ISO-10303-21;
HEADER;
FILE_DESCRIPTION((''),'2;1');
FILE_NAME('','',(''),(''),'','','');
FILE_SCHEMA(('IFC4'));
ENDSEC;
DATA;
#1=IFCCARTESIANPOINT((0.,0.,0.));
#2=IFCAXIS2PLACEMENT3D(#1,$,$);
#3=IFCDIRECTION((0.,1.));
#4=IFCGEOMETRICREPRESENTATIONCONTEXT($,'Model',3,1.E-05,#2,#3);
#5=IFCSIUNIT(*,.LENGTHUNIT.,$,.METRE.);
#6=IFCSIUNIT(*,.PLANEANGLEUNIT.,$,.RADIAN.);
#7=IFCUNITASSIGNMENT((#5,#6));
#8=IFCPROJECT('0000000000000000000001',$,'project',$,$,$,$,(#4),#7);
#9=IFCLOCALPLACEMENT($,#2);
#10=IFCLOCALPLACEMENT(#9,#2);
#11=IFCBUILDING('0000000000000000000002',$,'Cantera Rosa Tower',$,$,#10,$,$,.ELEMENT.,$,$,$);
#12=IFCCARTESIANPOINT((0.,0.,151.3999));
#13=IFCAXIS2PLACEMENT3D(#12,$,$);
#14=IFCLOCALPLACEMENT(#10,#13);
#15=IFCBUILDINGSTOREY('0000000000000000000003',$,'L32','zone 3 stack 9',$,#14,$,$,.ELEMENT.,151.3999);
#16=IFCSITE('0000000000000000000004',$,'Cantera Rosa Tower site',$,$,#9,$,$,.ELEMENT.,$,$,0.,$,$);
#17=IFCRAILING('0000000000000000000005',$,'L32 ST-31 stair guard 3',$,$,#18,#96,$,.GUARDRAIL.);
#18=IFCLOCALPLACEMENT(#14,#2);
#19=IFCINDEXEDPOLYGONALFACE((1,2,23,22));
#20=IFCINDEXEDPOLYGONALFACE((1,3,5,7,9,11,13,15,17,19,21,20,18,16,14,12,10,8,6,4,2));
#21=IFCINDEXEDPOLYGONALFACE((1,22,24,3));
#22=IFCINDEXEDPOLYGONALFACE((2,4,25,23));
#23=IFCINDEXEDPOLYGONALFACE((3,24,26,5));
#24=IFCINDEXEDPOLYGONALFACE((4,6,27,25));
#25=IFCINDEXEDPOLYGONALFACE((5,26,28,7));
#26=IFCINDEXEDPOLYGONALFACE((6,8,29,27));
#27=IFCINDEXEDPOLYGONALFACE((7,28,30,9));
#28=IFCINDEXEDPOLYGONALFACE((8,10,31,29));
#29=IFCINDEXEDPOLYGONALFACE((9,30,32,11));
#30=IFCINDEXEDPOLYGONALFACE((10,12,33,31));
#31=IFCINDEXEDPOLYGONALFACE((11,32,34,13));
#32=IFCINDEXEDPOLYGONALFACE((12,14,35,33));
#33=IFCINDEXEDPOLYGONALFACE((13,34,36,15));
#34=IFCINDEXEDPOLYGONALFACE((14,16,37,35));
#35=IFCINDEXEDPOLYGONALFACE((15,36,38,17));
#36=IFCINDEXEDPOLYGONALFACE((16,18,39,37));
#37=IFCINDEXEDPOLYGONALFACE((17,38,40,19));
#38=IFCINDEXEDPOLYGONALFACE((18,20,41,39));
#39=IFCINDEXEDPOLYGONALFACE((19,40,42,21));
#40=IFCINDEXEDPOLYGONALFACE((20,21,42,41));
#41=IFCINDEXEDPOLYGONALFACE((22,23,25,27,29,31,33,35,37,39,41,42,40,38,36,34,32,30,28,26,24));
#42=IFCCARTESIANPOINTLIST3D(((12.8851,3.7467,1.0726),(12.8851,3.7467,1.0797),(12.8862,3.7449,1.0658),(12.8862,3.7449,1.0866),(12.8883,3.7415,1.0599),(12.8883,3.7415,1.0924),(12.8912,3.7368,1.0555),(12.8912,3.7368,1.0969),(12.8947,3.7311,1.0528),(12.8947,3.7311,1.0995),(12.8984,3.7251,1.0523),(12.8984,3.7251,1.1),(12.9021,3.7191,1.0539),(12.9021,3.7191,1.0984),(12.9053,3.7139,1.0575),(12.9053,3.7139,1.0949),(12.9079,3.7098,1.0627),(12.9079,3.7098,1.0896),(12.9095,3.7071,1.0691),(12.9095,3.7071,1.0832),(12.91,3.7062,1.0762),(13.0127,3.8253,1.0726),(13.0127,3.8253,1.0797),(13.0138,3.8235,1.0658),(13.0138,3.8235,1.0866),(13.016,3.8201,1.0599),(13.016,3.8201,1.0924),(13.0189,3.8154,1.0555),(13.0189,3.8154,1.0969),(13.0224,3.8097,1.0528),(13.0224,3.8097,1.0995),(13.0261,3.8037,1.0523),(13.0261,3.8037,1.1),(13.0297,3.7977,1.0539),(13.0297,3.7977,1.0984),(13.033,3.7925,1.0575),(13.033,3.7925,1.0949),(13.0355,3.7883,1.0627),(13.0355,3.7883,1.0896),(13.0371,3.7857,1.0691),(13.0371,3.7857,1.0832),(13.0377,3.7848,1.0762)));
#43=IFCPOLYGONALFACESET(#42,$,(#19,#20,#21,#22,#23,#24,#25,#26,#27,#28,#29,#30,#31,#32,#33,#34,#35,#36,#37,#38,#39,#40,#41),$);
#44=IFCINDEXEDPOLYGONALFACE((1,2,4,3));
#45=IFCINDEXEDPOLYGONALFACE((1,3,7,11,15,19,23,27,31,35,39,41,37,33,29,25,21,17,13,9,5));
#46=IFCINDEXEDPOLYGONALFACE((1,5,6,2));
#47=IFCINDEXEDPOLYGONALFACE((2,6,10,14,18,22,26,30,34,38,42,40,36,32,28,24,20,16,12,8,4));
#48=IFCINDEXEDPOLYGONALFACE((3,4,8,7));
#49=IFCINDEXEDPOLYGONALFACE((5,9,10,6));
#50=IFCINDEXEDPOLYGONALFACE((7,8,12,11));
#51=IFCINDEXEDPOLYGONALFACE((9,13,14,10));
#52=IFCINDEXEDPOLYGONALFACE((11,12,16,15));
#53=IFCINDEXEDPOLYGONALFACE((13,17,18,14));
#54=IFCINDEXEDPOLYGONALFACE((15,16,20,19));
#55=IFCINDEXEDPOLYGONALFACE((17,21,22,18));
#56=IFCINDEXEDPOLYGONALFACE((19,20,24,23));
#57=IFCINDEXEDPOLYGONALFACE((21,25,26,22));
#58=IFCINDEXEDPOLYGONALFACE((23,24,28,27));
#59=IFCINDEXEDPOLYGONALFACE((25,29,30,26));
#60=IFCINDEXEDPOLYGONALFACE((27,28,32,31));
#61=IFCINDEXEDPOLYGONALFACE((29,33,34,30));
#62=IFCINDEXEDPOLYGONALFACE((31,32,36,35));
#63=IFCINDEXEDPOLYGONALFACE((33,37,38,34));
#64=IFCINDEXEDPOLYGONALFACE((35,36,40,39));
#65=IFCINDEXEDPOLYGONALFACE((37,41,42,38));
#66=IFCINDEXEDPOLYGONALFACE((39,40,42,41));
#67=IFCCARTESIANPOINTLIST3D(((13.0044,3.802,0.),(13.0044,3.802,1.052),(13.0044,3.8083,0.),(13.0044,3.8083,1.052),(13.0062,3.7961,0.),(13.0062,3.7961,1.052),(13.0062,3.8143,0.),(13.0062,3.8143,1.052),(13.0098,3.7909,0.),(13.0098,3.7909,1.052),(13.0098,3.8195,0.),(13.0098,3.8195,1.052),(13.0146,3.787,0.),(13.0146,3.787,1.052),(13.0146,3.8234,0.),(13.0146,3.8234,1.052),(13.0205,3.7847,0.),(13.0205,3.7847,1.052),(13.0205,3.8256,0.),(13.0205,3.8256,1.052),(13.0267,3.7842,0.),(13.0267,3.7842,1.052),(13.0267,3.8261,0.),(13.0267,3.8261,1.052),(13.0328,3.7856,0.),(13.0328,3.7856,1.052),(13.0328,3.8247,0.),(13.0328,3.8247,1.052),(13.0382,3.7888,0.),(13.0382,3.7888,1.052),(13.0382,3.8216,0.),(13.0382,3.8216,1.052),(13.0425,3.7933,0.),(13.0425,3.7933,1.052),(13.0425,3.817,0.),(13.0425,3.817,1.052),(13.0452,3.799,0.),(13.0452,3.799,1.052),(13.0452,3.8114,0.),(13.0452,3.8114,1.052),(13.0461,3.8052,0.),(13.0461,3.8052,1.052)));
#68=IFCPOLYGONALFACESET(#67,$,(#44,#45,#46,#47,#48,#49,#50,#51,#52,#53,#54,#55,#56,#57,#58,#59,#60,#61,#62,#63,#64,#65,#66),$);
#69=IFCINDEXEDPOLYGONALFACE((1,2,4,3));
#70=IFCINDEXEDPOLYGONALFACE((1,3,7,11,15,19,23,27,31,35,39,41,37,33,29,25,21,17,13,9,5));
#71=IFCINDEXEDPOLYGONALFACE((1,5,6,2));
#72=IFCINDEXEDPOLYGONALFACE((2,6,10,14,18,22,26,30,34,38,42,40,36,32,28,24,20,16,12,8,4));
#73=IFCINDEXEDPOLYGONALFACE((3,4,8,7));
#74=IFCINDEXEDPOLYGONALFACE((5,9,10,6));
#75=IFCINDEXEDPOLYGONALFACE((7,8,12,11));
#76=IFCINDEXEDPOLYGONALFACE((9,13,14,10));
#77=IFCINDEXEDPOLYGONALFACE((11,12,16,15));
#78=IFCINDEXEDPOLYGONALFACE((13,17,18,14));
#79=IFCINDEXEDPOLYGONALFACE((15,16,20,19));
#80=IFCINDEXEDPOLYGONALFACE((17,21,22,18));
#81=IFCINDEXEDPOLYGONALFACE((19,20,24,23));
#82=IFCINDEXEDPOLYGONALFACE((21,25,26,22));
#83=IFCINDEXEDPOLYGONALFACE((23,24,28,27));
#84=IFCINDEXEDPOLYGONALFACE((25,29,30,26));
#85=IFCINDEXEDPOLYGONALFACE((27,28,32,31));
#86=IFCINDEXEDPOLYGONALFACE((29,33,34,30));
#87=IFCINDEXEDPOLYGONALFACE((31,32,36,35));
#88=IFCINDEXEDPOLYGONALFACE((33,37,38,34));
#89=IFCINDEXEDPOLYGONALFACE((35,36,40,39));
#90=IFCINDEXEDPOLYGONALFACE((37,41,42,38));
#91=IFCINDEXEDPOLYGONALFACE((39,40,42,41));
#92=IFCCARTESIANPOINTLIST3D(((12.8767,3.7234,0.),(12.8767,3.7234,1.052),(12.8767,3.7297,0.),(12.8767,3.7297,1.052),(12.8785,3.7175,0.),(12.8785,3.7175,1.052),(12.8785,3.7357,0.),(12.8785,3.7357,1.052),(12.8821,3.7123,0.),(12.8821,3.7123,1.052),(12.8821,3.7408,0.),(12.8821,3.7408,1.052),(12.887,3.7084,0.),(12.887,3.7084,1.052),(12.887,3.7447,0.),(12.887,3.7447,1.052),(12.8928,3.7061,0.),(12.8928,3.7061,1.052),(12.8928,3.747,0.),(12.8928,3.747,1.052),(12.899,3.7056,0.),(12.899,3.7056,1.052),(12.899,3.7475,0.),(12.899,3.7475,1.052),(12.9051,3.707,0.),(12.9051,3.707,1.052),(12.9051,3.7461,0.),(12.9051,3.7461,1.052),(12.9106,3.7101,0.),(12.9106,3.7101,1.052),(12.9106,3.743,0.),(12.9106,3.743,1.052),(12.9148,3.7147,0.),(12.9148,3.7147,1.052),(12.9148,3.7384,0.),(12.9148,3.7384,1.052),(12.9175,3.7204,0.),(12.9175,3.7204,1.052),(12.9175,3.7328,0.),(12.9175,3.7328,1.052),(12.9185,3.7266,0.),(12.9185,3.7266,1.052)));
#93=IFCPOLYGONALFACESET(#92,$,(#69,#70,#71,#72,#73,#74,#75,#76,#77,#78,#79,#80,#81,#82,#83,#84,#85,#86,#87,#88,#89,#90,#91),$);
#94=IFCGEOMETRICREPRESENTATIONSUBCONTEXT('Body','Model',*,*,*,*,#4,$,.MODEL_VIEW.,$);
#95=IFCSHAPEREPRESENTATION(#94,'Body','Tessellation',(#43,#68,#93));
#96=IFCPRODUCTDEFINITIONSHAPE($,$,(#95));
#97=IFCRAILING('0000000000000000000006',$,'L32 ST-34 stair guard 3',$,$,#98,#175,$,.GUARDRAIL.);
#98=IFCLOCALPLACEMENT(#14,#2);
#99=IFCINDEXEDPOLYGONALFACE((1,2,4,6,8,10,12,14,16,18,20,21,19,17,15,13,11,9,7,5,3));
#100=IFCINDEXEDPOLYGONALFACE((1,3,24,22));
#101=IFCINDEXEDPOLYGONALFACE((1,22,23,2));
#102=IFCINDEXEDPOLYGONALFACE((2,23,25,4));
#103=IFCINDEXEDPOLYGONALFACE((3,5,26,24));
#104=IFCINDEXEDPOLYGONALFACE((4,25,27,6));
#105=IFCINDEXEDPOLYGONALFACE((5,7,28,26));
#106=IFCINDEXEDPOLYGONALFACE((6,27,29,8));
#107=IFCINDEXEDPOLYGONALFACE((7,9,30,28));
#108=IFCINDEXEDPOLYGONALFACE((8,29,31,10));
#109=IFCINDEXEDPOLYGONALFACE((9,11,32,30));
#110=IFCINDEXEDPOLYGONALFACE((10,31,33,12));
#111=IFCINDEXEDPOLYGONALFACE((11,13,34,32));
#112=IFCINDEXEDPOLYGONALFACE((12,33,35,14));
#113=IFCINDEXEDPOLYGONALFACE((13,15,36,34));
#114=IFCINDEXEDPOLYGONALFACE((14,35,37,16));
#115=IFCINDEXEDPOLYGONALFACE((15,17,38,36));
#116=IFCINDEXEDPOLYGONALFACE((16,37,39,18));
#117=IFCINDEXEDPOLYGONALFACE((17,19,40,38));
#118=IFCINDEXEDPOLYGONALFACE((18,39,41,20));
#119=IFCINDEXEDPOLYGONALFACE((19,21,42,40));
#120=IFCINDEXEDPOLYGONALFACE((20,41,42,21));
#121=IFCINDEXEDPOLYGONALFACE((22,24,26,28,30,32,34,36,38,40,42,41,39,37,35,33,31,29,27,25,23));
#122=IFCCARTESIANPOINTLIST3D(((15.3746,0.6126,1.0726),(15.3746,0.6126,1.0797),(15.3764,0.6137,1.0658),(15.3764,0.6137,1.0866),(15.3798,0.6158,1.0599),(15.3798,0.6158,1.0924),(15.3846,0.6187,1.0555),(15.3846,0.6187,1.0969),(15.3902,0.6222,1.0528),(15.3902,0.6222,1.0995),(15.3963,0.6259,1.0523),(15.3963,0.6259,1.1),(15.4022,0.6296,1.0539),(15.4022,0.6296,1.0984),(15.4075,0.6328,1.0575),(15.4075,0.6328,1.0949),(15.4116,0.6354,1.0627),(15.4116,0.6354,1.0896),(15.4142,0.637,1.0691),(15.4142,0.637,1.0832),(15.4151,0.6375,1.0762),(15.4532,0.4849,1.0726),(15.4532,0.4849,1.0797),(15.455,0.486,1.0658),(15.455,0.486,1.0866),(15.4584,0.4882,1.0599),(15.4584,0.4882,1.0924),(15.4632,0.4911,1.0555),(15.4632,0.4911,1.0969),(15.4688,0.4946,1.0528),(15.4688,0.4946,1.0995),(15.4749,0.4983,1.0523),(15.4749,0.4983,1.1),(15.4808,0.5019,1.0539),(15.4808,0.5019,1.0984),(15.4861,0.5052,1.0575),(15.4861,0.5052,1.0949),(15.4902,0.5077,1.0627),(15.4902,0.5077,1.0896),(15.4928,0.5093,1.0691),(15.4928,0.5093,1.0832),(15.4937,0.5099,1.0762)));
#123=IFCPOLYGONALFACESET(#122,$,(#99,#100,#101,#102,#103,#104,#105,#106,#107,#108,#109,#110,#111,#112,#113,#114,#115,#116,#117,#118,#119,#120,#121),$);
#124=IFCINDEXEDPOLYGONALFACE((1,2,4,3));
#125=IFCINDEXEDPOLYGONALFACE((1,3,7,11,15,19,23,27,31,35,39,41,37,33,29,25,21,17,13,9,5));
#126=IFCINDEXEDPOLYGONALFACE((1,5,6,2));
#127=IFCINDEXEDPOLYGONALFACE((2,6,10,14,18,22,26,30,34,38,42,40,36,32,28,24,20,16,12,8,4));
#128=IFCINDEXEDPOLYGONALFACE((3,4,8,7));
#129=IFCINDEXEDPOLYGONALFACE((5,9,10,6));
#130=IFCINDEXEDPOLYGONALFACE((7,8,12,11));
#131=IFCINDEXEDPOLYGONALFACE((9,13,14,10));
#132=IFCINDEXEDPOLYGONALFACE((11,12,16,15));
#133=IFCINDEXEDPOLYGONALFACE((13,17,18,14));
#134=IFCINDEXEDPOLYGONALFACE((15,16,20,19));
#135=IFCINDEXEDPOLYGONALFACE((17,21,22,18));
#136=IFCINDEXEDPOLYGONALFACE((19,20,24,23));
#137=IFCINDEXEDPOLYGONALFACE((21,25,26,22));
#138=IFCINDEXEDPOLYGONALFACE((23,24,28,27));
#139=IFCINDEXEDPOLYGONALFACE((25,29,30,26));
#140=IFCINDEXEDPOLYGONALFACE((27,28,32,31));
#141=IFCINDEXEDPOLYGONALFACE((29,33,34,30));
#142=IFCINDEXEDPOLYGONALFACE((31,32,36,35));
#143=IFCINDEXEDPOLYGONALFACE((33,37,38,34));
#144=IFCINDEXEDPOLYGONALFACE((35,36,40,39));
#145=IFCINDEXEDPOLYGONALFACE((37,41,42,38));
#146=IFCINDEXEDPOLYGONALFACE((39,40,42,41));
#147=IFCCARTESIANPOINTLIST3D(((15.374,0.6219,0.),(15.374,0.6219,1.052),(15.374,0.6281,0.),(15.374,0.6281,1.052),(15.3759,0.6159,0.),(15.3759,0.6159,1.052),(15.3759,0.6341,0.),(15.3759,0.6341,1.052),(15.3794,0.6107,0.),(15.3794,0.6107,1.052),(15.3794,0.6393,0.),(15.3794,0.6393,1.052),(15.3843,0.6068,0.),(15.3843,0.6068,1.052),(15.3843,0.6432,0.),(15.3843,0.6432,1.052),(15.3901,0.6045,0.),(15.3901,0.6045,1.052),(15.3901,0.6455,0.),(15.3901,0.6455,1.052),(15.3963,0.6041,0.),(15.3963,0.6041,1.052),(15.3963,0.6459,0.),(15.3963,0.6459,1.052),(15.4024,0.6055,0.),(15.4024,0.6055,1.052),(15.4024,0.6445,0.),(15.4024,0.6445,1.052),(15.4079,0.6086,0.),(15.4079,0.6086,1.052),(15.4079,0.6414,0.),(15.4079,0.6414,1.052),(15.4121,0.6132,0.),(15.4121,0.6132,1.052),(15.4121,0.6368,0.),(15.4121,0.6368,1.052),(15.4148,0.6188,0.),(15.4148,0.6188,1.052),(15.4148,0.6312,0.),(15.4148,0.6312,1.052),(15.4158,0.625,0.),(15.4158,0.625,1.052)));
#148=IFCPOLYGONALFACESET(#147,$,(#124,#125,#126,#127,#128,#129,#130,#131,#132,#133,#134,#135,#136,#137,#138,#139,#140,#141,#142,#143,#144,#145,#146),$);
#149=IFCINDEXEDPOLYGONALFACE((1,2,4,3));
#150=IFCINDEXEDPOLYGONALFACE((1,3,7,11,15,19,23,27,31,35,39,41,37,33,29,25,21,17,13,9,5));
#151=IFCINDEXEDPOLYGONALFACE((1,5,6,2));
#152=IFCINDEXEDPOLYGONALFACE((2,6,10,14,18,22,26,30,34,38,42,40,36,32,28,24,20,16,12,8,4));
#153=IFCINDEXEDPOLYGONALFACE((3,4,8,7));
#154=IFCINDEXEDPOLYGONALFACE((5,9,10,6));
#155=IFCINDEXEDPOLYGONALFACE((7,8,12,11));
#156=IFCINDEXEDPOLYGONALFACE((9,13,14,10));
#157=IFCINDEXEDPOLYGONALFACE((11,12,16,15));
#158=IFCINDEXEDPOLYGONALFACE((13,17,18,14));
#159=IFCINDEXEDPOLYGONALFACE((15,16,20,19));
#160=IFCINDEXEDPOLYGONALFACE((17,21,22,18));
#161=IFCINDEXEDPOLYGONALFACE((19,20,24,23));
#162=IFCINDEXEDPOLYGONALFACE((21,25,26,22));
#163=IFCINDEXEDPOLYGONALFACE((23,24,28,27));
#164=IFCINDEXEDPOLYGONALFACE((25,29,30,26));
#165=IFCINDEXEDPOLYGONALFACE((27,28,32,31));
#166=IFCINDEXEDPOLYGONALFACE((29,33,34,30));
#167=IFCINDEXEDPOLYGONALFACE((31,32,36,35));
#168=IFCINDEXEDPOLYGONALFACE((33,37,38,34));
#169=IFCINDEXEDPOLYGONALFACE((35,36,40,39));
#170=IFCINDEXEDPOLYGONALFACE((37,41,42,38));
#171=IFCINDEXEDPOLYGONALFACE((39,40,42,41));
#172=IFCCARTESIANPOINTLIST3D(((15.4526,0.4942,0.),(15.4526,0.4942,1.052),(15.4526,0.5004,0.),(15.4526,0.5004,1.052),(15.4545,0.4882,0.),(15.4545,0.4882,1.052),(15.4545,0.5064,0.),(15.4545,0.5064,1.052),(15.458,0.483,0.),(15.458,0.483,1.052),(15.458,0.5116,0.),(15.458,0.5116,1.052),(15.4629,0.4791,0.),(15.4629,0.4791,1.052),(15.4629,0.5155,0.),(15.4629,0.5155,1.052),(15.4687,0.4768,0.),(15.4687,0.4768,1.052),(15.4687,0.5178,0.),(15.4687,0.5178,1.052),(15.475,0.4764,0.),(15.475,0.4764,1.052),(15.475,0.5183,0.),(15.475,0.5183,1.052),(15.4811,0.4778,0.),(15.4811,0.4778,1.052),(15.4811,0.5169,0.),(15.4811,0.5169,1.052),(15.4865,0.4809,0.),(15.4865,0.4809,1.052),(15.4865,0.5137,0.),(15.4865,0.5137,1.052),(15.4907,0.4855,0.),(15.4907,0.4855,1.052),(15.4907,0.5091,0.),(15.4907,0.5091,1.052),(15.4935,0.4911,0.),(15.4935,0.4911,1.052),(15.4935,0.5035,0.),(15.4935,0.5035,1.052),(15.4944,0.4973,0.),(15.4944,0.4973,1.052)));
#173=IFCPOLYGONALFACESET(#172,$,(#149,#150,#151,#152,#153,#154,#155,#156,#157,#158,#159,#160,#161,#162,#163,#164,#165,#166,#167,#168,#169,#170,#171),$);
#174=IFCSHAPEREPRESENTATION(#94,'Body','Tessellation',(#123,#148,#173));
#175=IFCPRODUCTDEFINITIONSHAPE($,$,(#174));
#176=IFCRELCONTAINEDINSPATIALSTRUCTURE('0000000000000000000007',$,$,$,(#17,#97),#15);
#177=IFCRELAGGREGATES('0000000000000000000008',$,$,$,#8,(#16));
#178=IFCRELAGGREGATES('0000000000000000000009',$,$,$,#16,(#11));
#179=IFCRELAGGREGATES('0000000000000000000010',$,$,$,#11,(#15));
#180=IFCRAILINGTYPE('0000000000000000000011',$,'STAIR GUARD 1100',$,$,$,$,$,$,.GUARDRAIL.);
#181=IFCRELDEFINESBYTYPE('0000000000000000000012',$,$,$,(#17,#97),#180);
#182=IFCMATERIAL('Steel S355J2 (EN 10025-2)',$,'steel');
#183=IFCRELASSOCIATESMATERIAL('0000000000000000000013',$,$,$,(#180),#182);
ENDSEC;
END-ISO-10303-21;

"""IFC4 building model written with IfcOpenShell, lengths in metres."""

from ifc_helpers import new_model, si_unit, direction, frame, origin, origin_2d, place, context, subcontext, project, spatial, circle, extrude, material, type_object, element, save


model = new_model("IFC4")

# Units and contexts
model_context = context("Model", 3, precision=1e-05, world=origin(), true_north=direction((0.0, 1.0)))
body_context = subcontext(model_context, "Body", "Model", "MODEL_VIEW")
ifc_project = project(units=[si_unit("LENGTHUNIT", "METRE"), si_unit("PLANEANGLEUNIT", "RADIAN")], contexts=[model_context])

# Site, building, storey
site_placement = place(None, origin())
site = spatial("IfcSite", under=ifc_project, at=site_placement, Name="Cantera Rosa Tower site", CompositionType="ELEMENT", RefElevation=0.0)
building_placement = place(site_placement, origin())
building = spatial("IfcBuilding", under=site, at=building_placement, Name="Cantera Rosa Tower", CompositionType="ELEMENT")
storey_placement = place(building_placement, frame((0.0, 0.0, 151.3999)))
storey = spatial("IfcBuildingStorey", under=building, at=storey_placement, Name="L32", Description="zone 3 stack 9", CompositionType="ELEMENT", Elevation=151.3999)

# Railings
ifc_material_1 = material(Name="Steel S355J2 (EN 10025-2)", Category="steel")
railing_type_1 = type_object("IfcRailingType", Name="STAIR GUARD 1100", PredefinedType="GUARDRAIL", material=ifc_material_1)
railing_1_placement = place(storey_placement, frame((13.0251, 3.8052, 0.0)))
element("IfcRailing", 1, at=railing_1_placement, inside=storey, type_object=railing_type_1, Name="L32 ST-31 stair guard 3", PredefinedType="GUARDRAIL", context=body_context, shape_type="SweptSolid", body=[
    extrude(circle(Radius=0.0239, at=origin_2d()), frame((0.0, 0.0, 1.0762), z_axis=(-0.851546, -0.524279, 0.0), x_axis=(0.524279, -0.851546, 0.0)), (0.0, 0.0, 1.0), 0.1499),
    extrude(circle(Radius=0.021, at=origin_2d()), origin(), (0.0, 0.0, 1.0), 1.052),
    extrude(circle(Radius=0.021, at=origin_2d()), frame((-0.1277, -0.0786, 0.0)), (0.0, 0.0, 1.0), 1.052),
])
railing_2_placement = place(storey_placement, frame((15.3948, 0.625, 0.0)))
element("IfcRailing", 2, at=railing_2_placement, inside=storey, type_object=railing_type_1, Name="L32 ST-34 stair guard 3", PredefinedType="GUARDRAIL", context=body_context, shape_type="SweptSolid", body=[
    extrude(circle(Radius=0.0239, at=origin_2d()), frame((0.0, 0.0, 1.0762), z_axis=(0.524279, -0.851546, 0.0), x_axis=(0.851546, 0.524279, 0.0)), (0.0, 0.0, 1.0), 0.1499),
    extrude(circle(Radius=0.021, at=origin_2d()), origin(), (0.0, 0.0, 1.0), 1.052),
    extrude(circle(Radius=0.021, at=origin_2d()), frame((0.0786, -0.1277, 0.0)), (0.0, 0.0, 1.0), 1.052),
])

save(model, "model.ifc")
